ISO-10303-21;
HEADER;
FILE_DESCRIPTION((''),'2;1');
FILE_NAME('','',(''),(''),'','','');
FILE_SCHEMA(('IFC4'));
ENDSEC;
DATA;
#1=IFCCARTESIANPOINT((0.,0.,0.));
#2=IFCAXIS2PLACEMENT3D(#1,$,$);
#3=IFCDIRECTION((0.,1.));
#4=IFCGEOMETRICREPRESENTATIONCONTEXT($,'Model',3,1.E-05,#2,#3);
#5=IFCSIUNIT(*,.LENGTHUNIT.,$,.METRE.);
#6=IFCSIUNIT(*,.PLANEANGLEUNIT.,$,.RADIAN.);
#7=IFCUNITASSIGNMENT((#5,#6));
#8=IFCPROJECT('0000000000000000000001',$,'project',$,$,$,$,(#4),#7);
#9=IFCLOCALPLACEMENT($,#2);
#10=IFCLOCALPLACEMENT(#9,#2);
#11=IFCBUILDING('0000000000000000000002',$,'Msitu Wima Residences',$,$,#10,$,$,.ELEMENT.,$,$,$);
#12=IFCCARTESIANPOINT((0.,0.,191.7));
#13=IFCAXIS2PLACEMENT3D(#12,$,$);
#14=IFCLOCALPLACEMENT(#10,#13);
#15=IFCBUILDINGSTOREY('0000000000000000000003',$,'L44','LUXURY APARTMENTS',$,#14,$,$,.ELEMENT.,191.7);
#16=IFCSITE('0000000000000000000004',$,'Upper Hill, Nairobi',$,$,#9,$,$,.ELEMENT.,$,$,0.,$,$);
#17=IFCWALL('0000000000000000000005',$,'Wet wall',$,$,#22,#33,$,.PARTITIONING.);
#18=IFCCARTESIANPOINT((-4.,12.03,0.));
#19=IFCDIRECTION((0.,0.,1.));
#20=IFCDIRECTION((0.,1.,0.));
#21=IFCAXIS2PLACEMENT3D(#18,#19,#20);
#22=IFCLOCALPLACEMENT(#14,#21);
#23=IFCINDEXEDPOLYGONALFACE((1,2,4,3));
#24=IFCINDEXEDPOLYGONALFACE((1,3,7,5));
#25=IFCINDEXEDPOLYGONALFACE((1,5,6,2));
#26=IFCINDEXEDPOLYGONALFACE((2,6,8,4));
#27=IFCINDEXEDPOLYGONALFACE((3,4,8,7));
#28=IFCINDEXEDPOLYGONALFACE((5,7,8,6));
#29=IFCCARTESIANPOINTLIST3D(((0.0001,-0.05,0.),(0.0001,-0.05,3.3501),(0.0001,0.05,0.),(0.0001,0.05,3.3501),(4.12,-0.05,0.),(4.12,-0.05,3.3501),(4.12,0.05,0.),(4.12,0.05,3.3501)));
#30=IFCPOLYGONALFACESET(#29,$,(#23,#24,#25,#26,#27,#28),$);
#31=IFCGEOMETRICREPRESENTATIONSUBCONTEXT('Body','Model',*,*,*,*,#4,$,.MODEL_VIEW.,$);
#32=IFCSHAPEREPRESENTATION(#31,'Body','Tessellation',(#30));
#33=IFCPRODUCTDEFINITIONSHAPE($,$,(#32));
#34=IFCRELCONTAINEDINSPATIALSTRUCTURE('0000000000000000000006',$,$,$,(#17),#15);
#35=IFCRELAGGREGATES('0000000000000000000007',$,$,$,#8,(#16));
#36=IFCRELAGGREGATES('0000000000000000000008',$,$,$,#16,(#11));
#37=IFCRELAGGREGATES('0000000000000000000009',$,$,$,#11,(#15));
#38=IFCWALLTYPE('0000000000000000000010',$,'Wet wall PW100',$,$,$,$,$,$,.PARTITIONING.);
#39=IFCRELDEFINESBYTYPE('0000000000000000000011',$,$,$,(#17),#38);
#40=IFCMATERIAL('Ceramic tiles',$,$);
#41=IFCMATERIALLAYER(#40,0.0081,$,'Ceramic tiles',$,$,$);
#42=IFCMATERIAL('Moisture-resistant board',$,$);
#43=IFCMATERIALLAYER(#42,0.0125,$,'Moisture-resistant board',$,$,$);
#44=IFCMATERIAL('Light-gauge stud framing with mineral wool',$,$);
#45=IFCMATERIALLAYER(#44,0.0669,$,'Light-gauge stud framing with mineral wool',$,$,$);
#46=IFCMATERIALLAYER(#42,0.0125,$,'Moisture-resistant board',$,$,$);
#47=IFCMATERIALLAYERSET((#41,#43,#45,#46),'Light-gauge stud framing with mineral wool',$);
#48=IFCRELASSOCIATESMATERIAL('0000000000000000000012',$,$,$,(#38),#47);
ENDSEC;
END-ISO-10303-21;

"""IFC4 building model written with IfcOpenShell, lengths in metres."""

from ifc_helpers import new_model, si_unit, direction, frame, frame_2d, origin, place, context, subcontext, project, spatial, rectangle, extrude, material, layer, layer_set, type_object, element, save


model = new_model("IFC4")

# Units and contexts
model_context = context("Model", 3, precision=1e-05, world=origin(), true_north=direction((0.0, 1.0)))
body_context = subcontext(model_context, "Body", "Model", "MODEL_VIEW")
ifc_project = project(units=[si_unit("LENGTHUNIT", "METRE"), si_unit("PLANEANGLEUNIT", "RADIAN")], contexts=[model_context])

# Site, building, storey
site_placement = place(None, origin())
site = spatial("IfcSite", under=ifc_project, at=site_placement, Name="Upper Hill, Nairobi", CompositionType="ELEMENT", RefElevation=0.0)
building_placement = place(site_placement, origin())
building = spatial("IfcBuilding", under=site, at=building_placement, Name="Msitu Wima Residences", CompositionType="ELEMENT")
storey_placement = place(building_placement, frame((0.0, 0.0, 191.7)))
storey = spatial("IfcBuildingStorey", under=building, at=storey_placement, Name="L44", Description="LUXURY APARTMENTS", CompositionType="ELEMENT", Elevation=191.7)

# Shared definitions
ifc_material_1 = material(Name="Ceramic tiles")
ifc_layer_1 = layer(ifc_material_1, 0.0081, Name="Ceramic tiles")
ifc_material_2 = material(Name="Moisture-resistant board")
ifc_layer_2 = layer(ifc_material_2, 0.0125, Name="Moisture-resistant board")
ifc_material_3 = material(Name="Light-gauge stud framing with mineral wool")
ifc_layer_3 = layer(ifc_material_3, 0.0669, Name="Light-gauge stud framing with mineral wool")
ifc_layer_4 = layer(ifc_material_2, 0.0125, Name="Moisture-resistant board")
ifc_layer_set_1 = layer_set([ifc_layer_1, ifc_layer_2, ifc_layer_3, ifc_layer_4], Name="Light-gauge stud framing with mineral wool")
wall_type_1 = type_object("IfcWallType", Name="Wet wall PW100", PredefinedType="PARTITIONING", material=ifc_layer_set_1)

# Wall
wall_1_placement = place(storey_placement, frame((-4.0, 12.03, 0.0), z_axis=(0.0, 0.0, 1.0), x_axis=(0.0, 1.0, 0.0)))
element("IfcWall", 1, at=wall_1_placement, inside=storey, type_object=wall_type_1, Name="Wet wall", PredefinedType="PARTITIONING", context=body_context, shape_type="SweptSolid", body=[
    extrude(rectangle(XDim=4.1199, YDim=0.1001, at=frame_2d((2.0601, 0.0))), origin(), (0.0, 0.0, 1.0), 3.3501),
])

save(model, "model.ifc")
